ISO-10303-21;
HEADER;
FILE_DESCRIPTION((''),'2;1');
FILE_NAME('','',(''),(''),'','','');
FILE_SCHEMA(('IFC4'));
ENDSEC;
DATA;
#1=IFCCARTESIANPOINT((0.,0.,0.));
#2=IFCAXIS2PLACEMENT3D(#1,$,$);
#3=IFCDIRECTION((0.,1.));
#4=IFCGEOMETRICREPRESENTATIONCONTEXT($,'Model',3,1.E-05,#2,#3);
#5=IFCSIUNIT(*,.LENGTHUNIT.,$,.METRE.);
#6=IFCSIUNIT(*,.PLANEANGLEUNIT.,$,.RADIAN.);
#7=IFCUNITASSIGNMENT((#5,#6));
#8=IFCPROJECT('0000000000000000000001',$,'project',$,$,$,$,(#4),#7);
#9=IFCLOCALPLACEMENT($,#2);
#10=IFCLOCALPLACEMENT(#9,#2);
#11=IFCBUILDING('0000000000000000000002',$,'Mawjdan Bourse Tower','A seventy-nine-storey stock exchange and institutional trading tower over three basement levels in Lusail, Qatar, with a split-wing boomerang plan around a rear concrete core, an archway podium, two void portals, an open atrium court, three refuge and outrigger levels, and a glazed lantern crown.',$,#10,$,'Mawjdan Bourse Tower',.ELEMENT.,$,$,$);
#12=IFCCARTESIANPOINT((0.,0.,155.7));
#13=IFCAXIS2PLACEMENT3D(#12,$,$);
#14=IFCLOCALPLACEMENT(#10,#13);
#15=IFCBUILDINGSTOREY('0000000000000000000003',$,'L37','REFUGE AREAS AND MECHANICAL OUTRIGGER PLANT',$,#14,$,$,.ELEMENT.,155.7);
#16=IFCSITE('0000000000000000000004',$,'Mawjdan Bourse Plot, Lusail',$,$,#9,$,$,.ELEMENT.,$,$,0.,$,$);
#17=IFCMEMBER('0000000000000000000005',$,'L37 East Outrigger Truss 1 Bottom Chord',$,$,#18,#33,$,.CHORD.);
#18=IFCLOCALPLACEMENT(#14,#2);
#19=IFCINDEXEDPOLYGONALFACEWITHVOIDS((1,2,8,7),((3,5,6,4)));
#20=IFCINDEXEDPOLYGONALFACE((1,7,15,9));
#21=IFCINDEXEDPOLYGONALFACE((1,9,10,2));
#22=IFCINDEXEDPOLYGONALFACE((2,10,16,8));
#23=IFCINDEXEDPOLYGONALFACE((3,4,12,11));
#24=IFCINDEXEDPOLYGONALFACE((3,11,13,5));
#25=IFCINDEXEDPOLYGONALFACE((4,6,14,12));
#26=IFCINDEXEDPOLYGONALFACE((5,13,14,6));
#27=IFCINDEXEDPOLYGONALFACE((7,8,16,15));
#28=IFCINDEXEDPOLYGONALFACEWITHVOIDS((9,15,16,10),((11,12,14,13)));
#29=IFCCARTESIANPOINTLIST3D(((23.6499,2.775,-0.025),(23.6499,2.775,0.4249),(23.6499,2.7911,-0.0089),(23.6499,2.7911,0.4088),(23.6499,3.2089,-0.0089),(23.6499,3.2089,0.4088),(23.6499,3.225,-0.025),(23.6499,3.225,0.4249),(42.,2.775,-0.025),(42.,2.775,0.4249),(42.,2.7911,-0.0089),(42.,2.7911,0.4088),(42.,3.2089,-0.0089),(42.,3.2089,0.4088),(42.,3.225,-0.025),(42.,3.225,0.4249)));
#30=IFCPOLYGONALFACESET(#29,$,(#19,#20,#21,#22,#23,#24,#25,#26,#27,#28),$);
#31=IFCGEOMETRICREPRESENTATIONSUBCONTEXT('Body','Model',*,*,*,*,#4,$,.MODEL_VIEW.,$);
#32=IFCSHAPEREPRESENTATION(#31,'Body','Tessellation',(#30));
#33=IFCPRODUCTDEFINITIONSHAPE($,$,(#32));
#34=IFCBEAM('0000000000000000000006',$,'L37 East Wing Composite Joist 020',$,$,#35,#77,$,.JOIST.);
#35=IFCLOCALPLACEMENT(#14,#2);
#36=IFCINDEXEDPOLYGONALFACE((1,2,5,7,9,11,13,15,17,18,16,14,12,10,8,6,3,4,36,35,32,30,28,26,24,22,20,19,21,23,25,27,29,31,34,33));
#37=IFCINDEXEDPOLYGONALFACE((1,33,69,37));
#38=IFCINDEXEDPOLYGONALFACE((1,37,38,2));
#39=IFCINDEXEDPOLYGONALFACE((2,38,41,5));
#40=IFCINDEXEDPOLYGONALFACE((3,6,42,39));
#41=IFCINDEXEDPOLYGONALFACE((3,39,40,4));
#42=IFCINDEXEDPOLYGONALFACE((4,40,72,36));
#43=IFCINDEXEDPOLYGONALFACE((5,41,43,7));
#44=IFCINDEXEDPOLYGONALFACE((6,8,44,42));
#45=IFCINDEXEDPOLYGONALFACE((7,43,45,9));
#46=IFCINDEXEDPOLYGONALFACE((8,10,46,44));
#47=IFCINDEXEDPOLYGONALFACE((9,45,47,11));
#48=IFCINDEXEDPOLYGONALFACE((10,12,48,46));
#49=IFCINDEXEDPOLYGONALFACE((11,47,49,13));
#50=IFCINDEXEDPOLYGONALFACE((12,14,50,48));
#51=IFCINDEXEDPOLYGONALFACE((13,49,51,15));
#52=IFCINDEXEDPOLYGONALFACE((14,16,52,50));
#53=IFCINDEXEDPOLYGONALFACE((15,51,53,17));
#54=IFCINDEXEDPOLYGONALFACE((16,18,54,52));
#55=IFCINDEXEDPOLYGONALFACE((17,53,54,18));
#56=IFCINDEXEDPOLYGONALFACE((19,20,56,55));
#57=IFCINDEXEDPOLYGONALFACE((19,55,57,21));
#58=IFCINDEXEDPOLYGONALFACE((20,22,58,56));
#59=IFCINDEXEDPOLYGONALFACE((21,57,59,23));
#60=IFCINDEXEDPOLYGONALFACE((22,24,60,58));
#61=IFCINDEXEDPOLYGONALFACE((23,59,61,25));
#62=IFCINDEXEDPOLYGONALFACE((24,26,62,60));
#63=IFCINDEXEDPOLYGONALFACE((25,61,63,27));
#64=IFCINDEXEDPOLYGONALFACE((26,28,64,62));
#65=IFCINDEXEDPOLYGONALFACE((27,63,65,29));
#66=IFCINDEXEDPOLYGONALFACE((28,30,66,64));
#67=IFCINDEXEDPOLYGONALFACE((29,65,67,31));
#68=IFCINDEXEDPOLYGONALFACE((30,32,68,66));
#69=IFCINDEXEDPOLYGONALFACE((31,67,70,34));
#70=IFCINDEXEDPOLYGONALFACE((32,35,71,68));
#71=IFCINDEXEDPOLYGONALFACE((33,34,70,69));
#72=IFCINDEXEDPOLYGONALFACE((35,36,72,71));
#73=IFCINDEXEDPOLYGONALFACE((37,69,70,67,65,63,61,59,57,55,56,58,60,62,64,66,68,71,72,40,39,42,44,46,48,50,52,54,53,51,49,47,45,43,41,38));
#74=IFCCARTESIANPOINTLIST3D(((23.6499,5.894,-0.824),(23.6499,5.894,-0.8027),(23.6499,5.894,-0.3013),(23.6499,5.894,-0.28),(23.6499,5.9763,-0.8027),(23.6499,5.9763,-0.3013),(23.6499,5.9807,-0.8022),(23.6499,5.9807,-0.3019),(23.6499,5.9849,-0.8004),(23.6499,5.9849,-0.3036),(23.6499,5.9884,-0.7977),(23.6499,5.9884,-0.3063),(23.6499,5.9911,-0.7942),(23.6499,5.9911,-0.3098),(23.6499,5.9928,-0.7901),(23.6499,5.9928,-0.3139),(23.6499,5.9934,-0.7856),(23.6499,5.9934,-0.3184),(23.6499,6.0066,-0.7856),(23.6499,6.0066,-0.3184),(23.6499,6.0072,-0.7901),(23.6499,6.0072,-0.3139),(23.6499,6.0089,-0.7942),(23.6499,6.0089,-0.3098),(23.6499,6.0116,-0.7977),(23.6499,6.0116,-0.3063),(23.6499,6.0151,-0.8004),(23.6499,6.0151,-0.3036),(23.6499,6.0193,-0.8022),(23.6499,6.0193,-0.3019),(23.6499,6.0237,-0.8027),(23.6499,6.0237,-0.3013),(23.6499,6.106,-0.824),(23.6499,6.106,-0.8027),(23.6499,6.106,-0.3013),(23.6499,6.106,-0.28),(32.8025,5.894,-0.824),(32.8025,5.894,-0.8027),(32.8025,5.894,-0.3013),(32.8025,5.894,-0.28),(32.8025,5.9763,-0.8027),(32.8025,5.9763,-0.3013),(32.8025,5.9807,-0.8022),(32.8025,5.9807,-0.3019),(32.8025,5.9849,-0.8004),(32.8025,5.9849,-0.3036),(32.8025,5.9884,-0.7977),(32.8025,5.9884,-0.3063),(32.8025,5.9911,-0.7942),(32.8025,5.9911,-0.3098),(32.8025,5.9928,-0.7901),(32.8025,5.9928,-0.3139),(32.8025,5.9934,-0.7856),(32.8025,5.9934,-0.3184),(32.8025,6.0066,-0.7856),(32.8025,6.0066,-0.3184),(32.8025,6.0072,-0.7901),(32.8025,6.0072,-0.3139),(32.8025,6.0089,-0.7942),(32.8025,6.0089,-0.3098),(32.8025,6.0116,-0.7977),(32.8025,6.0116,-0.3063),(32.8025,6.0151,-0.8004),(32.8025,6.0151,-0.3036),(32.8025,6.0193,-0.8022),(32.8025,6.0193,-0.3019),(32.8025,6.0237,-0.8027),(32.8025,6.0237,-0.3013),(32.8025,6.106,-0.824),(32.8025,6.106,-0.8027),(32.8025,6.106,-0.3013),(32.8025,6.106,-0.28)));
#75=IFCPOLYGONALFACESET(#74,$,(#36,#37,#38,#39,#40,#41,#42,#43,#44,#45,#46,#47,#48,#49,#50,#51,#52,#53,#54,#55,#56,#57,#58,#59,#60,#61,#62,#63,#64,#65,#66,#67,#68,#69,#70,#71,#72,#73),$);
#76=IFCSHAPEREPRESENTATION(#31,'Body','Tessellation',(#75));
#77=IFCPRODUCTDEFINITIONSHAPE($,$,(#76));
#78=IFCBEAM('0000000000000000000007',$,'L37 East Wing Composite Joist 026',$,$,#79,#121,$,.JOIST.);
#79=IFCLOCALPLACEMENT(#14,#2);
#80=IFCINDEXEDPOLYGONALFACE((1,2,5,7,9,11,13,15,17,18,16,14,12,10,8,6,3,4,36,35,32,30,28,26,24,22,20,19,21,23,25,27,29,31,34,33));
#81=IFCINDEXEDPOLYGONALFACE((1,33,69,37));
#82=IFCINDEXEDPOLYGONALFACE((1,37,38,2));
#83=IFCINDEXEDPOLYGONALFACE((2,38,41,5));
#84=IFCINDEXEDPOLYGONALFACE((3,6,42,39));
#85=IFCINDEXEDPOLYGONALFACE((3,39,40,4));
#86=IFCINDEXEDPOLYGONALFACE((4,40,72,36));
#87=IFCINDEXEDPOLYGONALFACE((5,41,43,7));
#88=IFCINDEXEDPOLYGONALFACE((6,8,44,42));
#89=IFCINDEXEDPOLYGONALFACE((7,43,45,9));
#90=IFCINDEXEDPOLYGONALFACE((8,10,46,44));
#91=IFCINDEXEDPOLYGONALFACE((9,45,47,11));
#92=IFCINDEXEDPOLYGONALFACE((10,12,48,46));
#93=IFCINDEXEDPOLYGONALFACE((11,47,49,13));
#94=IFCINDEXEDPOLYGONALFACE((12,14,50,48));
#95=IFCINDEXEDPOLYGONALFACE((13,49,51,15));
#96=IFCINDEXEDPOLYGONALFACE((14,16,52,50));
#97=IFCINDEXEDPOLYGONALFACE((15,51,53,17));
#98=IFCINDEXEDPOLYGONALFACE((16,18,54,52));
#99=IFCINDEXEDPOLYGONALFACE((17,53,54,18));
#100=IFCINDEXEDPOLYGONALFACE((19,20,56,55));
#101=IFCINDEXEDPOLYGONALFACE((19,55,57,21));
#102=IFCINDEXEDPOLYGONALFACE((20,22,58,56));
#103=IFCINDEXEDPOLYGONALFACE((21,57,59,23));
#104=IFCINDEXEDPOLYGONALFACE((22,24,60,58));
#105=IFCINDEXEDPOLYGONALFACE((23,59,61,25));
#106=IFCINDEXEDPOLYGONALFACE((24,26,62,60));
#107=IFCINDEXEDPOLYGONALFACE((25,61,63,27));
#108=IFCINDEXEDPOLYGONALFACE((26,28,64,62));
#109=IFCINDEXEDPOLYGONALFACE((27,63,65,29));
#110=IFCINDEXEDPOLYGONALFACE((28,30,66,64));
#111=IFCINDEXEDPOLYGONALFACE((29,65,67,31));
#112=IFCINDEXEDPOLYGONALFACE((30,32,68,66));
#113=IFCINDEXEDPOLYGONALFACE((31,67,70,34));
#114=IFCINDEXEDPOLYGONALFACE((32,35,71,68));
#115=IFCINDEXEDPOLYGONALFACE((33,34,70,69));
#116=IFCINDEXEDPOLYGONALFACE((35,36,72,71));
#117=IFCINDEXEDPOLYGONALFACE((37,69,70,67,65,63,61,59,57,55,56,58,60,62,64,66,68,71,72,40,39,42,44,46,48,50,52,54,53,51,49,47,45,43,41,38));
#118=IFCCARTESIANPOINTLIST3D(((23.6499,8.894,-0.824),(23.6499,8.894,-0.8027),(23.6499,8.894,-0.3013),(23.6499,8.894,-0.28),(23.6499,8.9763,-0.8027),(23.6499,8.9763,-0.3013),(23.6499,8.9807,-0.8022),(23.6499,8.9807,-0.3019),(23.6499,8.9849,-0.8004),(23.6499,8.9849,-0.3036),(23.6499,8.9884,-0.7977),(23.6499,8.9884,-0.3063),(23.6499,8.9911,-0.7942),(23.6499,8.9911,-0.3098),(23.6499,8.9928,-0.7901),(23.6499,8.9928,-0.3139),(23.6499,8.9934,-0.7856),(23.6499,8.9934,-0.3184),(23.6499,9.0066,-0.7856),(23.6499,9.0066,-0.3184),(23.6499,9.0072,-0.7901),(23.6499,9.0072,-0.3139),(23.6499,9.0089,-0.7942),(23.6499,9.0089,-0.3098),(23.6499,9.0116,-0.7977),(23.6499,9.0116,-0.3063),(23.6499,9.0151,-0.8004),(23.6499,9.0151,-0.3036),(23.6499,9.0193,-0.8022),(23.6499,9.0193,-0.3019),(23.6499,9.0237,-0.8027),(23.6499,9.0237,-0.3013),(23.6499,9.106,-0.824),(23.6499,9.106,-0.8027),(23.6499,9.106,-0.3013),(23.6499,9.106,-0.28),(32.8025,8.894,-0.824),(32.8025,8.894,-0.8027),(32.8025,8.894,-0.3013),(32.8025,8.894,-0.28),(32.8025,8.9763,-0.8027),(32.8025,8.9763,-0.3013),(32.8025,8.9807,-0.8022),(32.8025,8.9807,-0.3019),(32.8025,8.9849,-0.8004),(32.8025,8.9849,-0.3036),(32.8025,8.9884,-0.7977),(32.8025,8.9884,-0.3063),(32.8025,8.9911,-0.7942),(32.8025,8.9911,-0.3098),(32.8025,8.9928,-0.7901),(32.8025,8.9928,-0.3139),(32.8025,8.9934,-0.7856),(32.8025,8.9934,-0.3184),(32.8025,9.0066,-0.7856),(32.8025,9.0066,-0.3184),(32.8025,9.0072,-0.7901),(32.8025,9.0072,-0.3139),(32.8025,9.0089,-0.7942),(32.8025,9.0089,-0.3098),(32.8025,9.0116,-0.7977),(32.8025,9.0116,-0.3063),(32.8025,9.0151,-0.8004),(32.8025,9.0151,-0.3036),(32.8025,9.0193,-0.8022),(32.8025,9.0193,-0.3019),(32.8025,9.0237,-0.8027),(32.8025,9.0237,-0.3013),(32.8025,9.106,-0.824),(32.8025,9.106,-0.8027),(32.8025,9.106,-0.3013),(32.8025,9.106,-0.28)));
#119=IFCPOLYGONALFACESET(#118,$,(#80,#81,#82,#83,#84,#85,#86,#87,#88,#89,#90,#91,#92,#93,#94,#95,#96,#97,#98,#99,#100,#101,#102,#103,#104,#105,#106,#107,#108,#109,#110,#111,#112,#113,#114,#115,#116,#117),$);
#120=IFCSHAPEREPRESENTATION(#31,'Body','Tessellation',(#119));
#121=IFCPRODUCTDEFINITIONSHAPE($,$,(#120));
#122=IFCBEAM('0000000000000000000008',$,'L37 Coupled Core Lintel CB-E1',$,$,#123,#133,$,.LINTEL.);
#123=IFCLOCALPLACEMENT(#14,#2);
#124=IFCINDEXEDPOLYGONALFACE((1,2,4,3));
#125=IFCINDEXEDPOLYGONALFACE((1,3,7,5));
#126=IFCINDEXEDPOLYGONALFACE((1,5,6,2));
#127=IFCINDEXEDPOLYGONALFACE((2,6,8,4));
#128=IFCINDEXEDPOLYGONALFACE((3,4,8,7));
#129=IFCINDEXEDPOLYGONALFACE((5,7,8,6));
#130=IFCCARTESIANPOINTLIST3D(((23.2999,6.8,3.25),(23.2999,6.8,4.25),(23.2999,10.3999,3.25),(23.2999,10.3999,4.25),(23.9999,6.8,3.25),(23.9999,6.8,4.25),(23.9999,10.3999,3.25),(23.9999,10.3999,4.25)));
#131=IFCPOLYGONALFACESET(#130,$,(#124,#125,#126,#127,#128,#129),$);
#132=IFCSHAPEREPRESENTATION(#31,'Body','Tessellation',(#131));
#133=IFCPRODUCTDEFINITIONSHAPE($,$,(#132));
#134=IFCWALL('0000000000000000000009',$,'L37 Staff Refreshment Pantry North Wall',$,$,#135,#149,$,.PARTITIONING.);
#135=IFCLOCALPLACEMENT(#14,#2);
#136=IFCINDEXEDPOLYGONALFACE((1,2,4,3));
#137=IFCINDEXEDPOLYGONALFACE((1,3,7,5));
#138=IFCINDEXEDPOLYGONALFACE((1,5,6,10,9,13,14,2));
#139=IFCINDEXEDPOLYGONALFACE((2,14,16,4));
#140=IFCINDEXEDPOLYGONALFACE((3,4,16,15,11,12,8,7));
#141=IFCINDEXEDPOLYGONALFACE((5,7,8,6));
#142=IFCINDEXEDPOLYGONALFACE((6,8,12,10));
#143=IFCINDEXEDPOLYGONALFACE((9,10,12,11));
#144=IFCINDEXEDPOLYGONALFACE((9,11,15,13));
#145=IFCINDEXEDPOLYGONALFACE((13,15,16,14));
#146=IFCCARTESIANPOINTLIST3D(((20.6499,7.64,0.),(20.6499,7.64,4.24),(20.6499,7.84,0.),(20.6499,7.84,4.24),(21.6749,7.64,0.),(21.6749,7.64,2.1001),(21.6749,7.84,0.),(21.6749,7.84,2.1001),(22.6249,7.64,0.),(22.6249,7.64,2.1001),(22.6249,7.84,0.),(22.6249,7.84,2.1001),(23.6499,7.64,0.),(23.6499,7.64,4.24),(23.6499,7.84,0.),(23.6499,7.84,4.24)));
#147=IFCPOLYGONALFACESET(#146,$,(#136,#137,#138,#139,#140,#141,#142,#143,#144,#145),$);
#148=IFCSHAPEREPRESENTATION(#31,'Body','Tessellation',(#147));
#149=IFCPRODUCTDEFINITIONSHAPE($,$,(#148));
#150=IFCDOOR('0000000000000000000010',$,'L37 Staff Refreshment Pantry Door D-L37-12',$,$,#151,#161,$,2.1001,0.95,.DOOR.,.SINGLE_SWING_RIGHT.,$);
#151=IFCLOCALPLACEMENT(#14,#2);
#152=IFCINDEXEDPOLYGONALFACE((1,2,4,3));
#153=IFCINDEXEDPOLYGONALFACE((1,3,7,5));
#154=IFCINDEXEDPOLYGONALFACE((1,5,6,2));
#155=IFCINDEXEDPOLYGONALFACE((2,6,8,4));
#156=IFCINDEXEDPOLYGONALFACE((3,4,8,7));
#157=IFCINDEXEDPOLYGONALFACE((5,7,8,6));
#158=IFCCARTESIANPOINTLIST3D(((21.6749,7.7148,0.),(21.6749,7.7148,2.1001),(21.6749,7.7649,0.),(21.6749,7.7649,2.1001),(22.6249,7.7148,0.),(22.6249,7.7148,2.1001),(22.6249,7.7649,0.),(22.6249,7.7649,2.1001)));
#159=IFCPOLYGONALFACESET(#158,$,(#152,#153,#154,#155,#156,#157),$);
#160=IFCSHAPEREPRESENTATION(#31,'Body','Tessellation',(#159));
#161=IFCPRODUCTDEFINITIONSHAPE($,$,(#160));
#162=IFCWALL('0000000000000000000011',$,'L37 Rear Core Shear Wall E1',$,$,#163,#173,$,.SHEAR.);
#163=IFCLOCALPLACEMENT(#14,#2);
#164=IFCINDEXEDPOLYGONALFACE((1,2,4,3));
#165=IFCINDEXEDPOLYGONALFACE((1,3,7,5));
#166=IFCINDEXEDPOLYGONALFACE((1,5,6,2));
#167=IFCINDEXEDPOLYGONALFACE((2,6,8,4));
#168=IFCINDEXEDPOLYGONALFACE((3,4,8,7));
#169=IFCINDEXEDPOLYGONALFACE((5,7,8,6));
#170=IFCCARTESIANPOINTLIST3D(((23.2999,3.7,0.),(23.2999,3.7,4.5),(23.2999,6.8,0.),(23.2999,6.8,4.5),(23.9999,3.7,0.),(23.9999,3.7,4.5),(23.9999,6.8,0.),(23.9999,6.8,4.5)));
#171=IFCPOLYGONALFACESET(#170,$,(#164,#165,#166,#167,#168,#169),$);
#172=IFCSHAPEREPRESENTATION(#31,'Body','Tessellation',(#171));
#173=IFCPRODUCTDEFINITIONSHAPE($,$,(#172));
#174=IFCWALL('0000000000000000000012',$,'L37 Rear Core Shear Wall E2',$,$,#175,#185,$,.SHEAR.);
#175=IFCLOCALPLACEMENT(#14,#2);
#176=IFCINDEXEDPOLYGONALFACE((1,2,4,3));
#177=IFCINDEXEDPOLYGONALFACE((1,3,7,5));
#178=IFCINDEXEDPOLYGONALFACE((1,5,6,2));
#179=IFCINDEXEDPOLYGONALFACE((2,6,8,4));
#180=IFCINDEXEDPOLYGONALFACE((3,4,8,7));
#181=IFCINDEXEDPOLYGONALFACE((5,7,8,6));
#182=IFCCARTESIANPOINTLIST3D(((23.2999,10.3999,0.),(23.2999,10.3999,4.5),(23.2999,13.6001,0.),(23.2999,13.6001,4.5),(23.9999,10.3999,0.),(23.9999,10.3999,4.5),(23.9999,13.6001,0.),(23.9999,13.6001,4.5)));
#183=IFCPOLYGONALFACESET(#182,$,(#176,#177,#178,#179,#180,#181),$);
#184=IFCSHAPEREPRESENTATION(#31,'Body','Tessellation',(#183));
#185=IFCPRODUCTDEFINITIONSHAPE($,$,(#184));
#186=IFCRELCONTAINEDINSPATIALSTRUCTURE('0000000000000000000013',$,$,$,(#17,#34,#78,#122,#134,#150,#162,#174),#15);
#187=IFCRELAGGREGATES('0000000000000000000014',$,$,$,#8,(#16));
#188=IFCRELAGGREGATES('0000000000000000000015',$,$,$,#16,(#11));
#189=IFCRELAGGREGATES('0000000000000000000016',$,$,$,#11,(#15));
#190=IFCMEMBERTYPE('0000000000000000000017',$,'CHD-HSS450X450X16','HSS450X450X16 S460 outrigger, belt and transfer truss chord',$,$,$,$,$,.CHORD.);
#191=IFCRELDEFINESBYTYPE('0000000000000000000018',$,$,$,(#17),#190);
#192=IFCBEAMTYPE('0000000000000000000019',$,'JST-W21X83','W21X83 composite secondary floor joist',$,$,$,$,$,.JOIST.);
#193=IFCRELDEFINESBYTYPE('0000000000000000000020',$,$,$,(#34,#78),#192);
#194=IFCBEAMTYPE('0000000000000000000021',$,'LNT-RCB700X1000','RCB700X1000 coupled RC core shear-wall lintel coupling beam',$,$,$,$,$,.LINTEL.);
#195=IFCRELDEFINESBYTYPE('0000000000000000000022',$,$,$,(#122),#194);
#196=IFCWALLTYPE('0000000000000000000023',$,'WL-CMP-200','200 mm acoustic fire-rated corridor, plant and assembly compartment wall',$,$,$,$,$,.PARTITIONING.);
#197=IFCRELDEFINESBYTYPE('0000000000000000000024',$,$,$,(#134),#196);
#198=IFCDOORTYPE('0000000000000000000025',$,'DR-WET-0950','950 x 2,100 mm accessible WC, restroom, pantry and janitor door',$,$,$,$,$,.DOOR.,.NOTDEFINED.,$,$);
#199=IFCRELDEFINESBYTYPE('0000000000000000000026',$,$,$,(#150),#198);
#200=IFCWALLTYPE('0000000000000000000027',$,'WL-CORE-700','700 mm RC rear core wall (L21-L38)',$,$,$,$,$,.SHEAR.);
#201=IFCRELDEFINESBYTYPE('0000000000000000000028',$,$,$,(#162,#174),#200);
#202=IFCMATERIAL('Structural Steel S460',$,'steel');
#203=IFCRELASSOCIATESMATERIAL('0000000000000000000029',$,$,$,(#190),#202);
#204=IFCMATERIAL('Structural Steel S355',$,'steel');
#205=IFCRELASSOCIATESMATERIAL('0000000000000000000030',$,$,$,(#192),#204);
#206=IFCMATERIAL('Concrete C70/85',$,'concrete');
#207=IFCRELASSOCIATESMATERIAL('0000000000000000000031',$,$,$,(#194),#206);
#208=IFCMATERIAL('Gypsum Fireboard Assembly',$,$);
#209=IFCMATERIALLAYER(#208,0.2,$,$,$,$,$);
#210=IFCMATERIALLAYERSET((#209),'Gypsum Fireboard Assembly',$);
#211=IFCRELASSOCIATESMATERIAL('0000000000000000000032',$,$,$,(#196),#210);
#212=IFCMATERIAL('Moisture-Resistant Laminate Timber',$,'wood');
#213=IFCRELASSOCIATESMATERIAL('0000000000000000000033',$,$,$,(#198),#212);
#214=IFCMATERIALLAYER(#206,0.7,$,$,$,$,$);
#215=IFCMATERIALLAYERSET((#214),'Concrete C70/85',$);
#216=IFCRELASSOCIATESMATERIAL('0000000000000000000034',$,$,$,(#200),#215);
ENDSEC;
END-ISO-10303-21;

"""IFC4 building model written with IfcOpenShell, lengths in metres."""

from ifc_helpers import new_model, si_unit, direction, frame, frame_2d, origin, origin_2d, place, context, subcontext, project, spatial, rectangle, hollow_rectangle, i_section, extrude, material, layer, layer_set, material_profile, profile_set, type_object, element, fill, save


model = new_model("IFC4")

# Units and contexts
model_context = context("Model", 3, precision=1e-05, world=origin(), true_north=direction((0.0, 1.0)))
body_context = subcontext(model_context, "Body", "Model", "MODEL_VIEW")
ifc_project = project(units=[si_unit("LENGTHUNIT", "METRE"), si_unit("PLANEANGLEUNIT", "RADIAN")], contexts=[model_context])

# Site, building, storey
site_placement = place(None, origin())
site = spatial("IfcSite", under=ifc_project, at=site_placement, Name="Mawjdan Bourse Plot, Lusail", CompositionType="ELEMENT", RefElevation=0.0)
building_placement = place(site_placement, origin())
building = spatial("IfcBuilding", under=site, at=building_placement, Name="Mawjdan Bourse Tower", Description="A seventy-nine-storey stock exchange and institutional trading tower over three basement levels in Lusail, Qatar, with a split-wing boomerang plan around a rear concrete core, an archway podium, two void portals, an open atrium court, three refuge and outrigger levels, and a glazed lantern crown.", LongName="Mawjdan Bourse Tower", CompositionType="ELEMENT")
storey_placement = place(building_placement, frame((0.0, 0.0, 155.7)))
storey = spatial("IfcBuildingStorey", under=building, at=storey_placement, Name="L37", Description="REFUGE AREAS AND MECHANICAL OUTRIGGER PLANT", CompositionType="ELEMENT", Elevation=155.7)

# Member
ifc_material_1 = material(Name="Structural Steel S460", Category="steel")
ifc_material_profile_1 = material_profile(ifc_material_1, hollow_rectangle(XDim=0.45, YDim=0.45, WallThickness=0.0161, at=origin_2d()), Name="HSS450X450X16")
ifc_profile_set_1 = profile_set([ifc_material_profile_1], Name="Structural Steel S460")
member_type = type_object("IfcMemberType", Name="CHD-HSS450X450X16", Description="HSS450X450X16 S460 outrigger, belt and transfer truss chord", PredefinedType="CHORD", material=ifc_profile_set_1)
member_placement = place(storey_placement, frame((23.6499, 3.0, 0.2), z_axis=(1.0, 0.0, 0.0), x_axis=(0.0, 1.0, 0.0)))
element("IfcMember", 1, at=member_placement, inside=storey, type_object=member_type, Name="L37 East Outrigger Truss 1 Bottom Chord", PredefinedType="CHORD", context=body_context, shape_type="SweptSolid", body=[
    extrude(hollow_rectangle(XDim=0.45, YDim=0.45, WallThickness=0.0161, at=origin_2d()), origin(), (0.0, 0.0, 1.0), 18.3501),
])

# Beams
ifc_material_2 = material(Name="Structural Steel S355", Category="steel")
ifc_material_profile_2 = material_profile(ifc_material_2, i_section(OverallWidth=0.2119, OverallDepth=0.5439, WebThickness=0.0132, FlangeThickness=0.0212, FilletRadius=0.0171, at=origin_2d()), Name="W21X83")
ifc_profile_set_2 = profile_set([ifc_material_profile_2], Name="Structural Steel S355")
beam_type_1 = type_object("IfcBeamType", Name="JST-W21X83", Description="W21X83 composite secondary floor joist", PredefinedType="JOIST", material=ifc_profile_set_2)
for number, where, z_axis, x_axis, name in (
    (2, (23.6499, 6.0, -0.552), (1.0, 0.0, 0.0), (0.0, 1.0, 0.0), "L37 East Wing Composite Joist 020"),
    (3, (23.6499, 9.0, -0.552), (1.0, 0.0, 0.0), (0.0, 1.0, 0.0), "L37 East Wing Composite Joist 026"),
):
    element("IfcBeam", number, at=place(storey_placement, frame(where, z_axis=z_axis, x_axis=x_axis)), inside=storey, type_object=beam_type_1, Name=name, PredefinedType="JOIST", context=body_context, shape_type="SweptSolid", body=[
        extrude(i_section(OverallWidth=0.2119, OverallDepth=0.5439, WebThickness=0.0132, FlangeThickness=0.0212, FilletRadius=0.0171, at=origin_2d()), origin(), (0.0, 0.0, 1.0), 9.1526),
    ])
ifc_material_3 = material(Name="Concrete C70/85", Category="concrete")
ifc_material_profile_3 = material_profile(ifc_material_3, rectangle(XDim=0.7, YDim=1.0, at=origin_2d()), Name="RCB700X1000")
ifc_profile_set_3 = profile_set([ifc_material_profile_3], Name="Concrete C70/85")
beam_type_2 = type_object("IfcBeamType", Name="LNT-RCB700X1000", Description="RCB700X1000 coupled RC core shear-wall lintel coupling beam", PredefinedType="LINTEL", material=ifc_profile_set_3)
beam_placement = place(storey_placement, frame((23.6499, 6.8, 3.75), z_axis=(0.0, 1.0, 0.0), x_axis=(-1.0, 0.0, 0.0)))
element("IfcBeam", 4, at=beam_placement, inside=storey, type_object=beam_type_2, Name="L37 Coupled Core Lintel CB-E1", PredefinedType="LINTEL", context=body_context, shape_type="SweptSolid", body=[
    extrude(rectangle(XDim=0.7, YDim=1.0, at=origin_2d()), origin(), (0.0, 0.0, 1.0), 3.5999),
])

# Wall, opening, door
ifc_material_4 = material(Name="Gypsum Fireboard Assembly")
ifc_layer_1 = layer(ifc_material_4, 0.2)
ifc_layer_set_1 = layer_set([ifc_layer_1], Name="Gypsum Fireboard Assembly")
wall_type_1 = type_object("IfcWallType", Name="WL-CMP-200", Description="200 mm acoustic fire-rated corridor, plant and assembly compartment wall", PredefinedType="PARTITIONING", material=ifc_layer_set_1)
wall_1_placement = place(storey_placement, frame((20.6499, 7.74, 0.0), z_axis=(0.0, 0.0, 1.0), x_axis=(1.0, 0.0, 0.0)))
wall_1 = element("IfcWall", 5, at=wall_1_placement, inside=storey, type_object=wall_type_1, Name="L37 Staff Refreshment Pantry North Wall", PredefinedType="PARTITIONING", context=body_context, shape_type="SweptSolid", body=[
    extrude(rectangle(XDim=3.0, YDim=0.2, at=frame_2d((1.5, 0.0))), origin(), (0.0, 0.0, 1.0), 4.24),
])
opening_1_placement = place(wall_1_placement, frame((1.0249, 0.0, 0.0)))
opening_1 = element("IfcOpeningElement", 6, at=opening_1_placement, cuts=wall_1, PredefinedType="OPENING", context=body_context, shape_type="SweptSolid", body=[
    extrude(rectangle(XDim=0.95, YDim=2.1001, at=frame_2d((0.4751, 1.05))), frame((0.0, 0.1099, 0.0), z_axis=(0.0, -1.0, 0.0), x_axis=(1.0, 0.0, 0.0)), (0.0, 0.0, 1.0), 0.22),
])
ifc_material_5 = material(Name="Moisture-Resistant Laminate Timber", Category="wood")
door_type_1 = type_object("IfcDoorType", Name="DR-WET-0950", Description="950 x 2,100 mm accessible WC, restroom, pantry and janitor door", OperationType="NOTDEFINED", PredefinedType="DOOR", material=ifc_material_5)
door_1_placement = place(opening_1_placement, origin())
door_1 = element("IfcDoor", 7, at=door_1_placement, inside=storey, type_object=door_type_1, Name="L37 Staff Refreshment Pantry Door D-L37-12", OperationType="SINGLE_SWING_RIGHT", OverallHeight=2.1001, OverallWidth=0.95, PredefinedType="DOOR", context=body_context, shape_type="SweptSolid", body=[
    extrude(rectangle(XDim=0.95, YDim=2.1001, at=frame_2d((0.4751, 1.05))), frame((0.0, 0.0249, 0.0), z_axis=(0.0, -1.0, 0.0), x_axis=(1.0, 0.0, 0.0)), (0.0, 0.0, 1.0), 0.05),
])
fill(opening_1, door_1)

# Walls
ifc_layer_2 = layer(ifc_material_3, 0.7)
ifc_layer_set_2 = layer_set([ifc_layer_2], Name="Concrete C70/85")
wall_type_2 = type_object("IfcWallType", Name="WL-CORE-700", Description="700 mm RC rear core wall (L21-L38)", PredefinedType="SHEAR", material=ifc_layer_set_2)
wall_2_placement = place(storey_placement, frame((23.6499, 3.7, 0.0), z_axis=(0.0, 0.0, 1.0), x_axis=(0.0, 1.0, 0.0)))
element("IfcWall", 8, at=wall_2_placement, inside=storey, type_object=wall_type_2, Name="L37 Rear Core Shear Wall E1", PredefinedType="SHEAR", context=body_context, shape_type="SweptSolid", body=[
    extrude(rectangle(XDim=3.1001, YDim=0.7, at=frame_2d((1.55, 0.0))), origin(), (0.0, 0.0, 1.0), 4.5),
])
wall_3_placement = place(storey_placement, frame((23.6499, 10.3999, 0.0), z_axis=(0.0, 0.0, 1.0), x_axis=(0.0, 1.0, 0.0)))
element("IfcWall", 9, at=wall_3_placement, inside=storey, type_object=wall_type_2, Name="L37 Rear Core Shear Wall E2", PredefinedType="SHEAR", context=body_context, shape_type="SweptSolid", body=[
    extrude(rectangle(XDim=3.2002, YDim=0.7, at=frame_2d((1.6001, 0.0))), origin(), (0.0, 0.0, 1.0), 4.5),
])

save(model, "model.ifc")
